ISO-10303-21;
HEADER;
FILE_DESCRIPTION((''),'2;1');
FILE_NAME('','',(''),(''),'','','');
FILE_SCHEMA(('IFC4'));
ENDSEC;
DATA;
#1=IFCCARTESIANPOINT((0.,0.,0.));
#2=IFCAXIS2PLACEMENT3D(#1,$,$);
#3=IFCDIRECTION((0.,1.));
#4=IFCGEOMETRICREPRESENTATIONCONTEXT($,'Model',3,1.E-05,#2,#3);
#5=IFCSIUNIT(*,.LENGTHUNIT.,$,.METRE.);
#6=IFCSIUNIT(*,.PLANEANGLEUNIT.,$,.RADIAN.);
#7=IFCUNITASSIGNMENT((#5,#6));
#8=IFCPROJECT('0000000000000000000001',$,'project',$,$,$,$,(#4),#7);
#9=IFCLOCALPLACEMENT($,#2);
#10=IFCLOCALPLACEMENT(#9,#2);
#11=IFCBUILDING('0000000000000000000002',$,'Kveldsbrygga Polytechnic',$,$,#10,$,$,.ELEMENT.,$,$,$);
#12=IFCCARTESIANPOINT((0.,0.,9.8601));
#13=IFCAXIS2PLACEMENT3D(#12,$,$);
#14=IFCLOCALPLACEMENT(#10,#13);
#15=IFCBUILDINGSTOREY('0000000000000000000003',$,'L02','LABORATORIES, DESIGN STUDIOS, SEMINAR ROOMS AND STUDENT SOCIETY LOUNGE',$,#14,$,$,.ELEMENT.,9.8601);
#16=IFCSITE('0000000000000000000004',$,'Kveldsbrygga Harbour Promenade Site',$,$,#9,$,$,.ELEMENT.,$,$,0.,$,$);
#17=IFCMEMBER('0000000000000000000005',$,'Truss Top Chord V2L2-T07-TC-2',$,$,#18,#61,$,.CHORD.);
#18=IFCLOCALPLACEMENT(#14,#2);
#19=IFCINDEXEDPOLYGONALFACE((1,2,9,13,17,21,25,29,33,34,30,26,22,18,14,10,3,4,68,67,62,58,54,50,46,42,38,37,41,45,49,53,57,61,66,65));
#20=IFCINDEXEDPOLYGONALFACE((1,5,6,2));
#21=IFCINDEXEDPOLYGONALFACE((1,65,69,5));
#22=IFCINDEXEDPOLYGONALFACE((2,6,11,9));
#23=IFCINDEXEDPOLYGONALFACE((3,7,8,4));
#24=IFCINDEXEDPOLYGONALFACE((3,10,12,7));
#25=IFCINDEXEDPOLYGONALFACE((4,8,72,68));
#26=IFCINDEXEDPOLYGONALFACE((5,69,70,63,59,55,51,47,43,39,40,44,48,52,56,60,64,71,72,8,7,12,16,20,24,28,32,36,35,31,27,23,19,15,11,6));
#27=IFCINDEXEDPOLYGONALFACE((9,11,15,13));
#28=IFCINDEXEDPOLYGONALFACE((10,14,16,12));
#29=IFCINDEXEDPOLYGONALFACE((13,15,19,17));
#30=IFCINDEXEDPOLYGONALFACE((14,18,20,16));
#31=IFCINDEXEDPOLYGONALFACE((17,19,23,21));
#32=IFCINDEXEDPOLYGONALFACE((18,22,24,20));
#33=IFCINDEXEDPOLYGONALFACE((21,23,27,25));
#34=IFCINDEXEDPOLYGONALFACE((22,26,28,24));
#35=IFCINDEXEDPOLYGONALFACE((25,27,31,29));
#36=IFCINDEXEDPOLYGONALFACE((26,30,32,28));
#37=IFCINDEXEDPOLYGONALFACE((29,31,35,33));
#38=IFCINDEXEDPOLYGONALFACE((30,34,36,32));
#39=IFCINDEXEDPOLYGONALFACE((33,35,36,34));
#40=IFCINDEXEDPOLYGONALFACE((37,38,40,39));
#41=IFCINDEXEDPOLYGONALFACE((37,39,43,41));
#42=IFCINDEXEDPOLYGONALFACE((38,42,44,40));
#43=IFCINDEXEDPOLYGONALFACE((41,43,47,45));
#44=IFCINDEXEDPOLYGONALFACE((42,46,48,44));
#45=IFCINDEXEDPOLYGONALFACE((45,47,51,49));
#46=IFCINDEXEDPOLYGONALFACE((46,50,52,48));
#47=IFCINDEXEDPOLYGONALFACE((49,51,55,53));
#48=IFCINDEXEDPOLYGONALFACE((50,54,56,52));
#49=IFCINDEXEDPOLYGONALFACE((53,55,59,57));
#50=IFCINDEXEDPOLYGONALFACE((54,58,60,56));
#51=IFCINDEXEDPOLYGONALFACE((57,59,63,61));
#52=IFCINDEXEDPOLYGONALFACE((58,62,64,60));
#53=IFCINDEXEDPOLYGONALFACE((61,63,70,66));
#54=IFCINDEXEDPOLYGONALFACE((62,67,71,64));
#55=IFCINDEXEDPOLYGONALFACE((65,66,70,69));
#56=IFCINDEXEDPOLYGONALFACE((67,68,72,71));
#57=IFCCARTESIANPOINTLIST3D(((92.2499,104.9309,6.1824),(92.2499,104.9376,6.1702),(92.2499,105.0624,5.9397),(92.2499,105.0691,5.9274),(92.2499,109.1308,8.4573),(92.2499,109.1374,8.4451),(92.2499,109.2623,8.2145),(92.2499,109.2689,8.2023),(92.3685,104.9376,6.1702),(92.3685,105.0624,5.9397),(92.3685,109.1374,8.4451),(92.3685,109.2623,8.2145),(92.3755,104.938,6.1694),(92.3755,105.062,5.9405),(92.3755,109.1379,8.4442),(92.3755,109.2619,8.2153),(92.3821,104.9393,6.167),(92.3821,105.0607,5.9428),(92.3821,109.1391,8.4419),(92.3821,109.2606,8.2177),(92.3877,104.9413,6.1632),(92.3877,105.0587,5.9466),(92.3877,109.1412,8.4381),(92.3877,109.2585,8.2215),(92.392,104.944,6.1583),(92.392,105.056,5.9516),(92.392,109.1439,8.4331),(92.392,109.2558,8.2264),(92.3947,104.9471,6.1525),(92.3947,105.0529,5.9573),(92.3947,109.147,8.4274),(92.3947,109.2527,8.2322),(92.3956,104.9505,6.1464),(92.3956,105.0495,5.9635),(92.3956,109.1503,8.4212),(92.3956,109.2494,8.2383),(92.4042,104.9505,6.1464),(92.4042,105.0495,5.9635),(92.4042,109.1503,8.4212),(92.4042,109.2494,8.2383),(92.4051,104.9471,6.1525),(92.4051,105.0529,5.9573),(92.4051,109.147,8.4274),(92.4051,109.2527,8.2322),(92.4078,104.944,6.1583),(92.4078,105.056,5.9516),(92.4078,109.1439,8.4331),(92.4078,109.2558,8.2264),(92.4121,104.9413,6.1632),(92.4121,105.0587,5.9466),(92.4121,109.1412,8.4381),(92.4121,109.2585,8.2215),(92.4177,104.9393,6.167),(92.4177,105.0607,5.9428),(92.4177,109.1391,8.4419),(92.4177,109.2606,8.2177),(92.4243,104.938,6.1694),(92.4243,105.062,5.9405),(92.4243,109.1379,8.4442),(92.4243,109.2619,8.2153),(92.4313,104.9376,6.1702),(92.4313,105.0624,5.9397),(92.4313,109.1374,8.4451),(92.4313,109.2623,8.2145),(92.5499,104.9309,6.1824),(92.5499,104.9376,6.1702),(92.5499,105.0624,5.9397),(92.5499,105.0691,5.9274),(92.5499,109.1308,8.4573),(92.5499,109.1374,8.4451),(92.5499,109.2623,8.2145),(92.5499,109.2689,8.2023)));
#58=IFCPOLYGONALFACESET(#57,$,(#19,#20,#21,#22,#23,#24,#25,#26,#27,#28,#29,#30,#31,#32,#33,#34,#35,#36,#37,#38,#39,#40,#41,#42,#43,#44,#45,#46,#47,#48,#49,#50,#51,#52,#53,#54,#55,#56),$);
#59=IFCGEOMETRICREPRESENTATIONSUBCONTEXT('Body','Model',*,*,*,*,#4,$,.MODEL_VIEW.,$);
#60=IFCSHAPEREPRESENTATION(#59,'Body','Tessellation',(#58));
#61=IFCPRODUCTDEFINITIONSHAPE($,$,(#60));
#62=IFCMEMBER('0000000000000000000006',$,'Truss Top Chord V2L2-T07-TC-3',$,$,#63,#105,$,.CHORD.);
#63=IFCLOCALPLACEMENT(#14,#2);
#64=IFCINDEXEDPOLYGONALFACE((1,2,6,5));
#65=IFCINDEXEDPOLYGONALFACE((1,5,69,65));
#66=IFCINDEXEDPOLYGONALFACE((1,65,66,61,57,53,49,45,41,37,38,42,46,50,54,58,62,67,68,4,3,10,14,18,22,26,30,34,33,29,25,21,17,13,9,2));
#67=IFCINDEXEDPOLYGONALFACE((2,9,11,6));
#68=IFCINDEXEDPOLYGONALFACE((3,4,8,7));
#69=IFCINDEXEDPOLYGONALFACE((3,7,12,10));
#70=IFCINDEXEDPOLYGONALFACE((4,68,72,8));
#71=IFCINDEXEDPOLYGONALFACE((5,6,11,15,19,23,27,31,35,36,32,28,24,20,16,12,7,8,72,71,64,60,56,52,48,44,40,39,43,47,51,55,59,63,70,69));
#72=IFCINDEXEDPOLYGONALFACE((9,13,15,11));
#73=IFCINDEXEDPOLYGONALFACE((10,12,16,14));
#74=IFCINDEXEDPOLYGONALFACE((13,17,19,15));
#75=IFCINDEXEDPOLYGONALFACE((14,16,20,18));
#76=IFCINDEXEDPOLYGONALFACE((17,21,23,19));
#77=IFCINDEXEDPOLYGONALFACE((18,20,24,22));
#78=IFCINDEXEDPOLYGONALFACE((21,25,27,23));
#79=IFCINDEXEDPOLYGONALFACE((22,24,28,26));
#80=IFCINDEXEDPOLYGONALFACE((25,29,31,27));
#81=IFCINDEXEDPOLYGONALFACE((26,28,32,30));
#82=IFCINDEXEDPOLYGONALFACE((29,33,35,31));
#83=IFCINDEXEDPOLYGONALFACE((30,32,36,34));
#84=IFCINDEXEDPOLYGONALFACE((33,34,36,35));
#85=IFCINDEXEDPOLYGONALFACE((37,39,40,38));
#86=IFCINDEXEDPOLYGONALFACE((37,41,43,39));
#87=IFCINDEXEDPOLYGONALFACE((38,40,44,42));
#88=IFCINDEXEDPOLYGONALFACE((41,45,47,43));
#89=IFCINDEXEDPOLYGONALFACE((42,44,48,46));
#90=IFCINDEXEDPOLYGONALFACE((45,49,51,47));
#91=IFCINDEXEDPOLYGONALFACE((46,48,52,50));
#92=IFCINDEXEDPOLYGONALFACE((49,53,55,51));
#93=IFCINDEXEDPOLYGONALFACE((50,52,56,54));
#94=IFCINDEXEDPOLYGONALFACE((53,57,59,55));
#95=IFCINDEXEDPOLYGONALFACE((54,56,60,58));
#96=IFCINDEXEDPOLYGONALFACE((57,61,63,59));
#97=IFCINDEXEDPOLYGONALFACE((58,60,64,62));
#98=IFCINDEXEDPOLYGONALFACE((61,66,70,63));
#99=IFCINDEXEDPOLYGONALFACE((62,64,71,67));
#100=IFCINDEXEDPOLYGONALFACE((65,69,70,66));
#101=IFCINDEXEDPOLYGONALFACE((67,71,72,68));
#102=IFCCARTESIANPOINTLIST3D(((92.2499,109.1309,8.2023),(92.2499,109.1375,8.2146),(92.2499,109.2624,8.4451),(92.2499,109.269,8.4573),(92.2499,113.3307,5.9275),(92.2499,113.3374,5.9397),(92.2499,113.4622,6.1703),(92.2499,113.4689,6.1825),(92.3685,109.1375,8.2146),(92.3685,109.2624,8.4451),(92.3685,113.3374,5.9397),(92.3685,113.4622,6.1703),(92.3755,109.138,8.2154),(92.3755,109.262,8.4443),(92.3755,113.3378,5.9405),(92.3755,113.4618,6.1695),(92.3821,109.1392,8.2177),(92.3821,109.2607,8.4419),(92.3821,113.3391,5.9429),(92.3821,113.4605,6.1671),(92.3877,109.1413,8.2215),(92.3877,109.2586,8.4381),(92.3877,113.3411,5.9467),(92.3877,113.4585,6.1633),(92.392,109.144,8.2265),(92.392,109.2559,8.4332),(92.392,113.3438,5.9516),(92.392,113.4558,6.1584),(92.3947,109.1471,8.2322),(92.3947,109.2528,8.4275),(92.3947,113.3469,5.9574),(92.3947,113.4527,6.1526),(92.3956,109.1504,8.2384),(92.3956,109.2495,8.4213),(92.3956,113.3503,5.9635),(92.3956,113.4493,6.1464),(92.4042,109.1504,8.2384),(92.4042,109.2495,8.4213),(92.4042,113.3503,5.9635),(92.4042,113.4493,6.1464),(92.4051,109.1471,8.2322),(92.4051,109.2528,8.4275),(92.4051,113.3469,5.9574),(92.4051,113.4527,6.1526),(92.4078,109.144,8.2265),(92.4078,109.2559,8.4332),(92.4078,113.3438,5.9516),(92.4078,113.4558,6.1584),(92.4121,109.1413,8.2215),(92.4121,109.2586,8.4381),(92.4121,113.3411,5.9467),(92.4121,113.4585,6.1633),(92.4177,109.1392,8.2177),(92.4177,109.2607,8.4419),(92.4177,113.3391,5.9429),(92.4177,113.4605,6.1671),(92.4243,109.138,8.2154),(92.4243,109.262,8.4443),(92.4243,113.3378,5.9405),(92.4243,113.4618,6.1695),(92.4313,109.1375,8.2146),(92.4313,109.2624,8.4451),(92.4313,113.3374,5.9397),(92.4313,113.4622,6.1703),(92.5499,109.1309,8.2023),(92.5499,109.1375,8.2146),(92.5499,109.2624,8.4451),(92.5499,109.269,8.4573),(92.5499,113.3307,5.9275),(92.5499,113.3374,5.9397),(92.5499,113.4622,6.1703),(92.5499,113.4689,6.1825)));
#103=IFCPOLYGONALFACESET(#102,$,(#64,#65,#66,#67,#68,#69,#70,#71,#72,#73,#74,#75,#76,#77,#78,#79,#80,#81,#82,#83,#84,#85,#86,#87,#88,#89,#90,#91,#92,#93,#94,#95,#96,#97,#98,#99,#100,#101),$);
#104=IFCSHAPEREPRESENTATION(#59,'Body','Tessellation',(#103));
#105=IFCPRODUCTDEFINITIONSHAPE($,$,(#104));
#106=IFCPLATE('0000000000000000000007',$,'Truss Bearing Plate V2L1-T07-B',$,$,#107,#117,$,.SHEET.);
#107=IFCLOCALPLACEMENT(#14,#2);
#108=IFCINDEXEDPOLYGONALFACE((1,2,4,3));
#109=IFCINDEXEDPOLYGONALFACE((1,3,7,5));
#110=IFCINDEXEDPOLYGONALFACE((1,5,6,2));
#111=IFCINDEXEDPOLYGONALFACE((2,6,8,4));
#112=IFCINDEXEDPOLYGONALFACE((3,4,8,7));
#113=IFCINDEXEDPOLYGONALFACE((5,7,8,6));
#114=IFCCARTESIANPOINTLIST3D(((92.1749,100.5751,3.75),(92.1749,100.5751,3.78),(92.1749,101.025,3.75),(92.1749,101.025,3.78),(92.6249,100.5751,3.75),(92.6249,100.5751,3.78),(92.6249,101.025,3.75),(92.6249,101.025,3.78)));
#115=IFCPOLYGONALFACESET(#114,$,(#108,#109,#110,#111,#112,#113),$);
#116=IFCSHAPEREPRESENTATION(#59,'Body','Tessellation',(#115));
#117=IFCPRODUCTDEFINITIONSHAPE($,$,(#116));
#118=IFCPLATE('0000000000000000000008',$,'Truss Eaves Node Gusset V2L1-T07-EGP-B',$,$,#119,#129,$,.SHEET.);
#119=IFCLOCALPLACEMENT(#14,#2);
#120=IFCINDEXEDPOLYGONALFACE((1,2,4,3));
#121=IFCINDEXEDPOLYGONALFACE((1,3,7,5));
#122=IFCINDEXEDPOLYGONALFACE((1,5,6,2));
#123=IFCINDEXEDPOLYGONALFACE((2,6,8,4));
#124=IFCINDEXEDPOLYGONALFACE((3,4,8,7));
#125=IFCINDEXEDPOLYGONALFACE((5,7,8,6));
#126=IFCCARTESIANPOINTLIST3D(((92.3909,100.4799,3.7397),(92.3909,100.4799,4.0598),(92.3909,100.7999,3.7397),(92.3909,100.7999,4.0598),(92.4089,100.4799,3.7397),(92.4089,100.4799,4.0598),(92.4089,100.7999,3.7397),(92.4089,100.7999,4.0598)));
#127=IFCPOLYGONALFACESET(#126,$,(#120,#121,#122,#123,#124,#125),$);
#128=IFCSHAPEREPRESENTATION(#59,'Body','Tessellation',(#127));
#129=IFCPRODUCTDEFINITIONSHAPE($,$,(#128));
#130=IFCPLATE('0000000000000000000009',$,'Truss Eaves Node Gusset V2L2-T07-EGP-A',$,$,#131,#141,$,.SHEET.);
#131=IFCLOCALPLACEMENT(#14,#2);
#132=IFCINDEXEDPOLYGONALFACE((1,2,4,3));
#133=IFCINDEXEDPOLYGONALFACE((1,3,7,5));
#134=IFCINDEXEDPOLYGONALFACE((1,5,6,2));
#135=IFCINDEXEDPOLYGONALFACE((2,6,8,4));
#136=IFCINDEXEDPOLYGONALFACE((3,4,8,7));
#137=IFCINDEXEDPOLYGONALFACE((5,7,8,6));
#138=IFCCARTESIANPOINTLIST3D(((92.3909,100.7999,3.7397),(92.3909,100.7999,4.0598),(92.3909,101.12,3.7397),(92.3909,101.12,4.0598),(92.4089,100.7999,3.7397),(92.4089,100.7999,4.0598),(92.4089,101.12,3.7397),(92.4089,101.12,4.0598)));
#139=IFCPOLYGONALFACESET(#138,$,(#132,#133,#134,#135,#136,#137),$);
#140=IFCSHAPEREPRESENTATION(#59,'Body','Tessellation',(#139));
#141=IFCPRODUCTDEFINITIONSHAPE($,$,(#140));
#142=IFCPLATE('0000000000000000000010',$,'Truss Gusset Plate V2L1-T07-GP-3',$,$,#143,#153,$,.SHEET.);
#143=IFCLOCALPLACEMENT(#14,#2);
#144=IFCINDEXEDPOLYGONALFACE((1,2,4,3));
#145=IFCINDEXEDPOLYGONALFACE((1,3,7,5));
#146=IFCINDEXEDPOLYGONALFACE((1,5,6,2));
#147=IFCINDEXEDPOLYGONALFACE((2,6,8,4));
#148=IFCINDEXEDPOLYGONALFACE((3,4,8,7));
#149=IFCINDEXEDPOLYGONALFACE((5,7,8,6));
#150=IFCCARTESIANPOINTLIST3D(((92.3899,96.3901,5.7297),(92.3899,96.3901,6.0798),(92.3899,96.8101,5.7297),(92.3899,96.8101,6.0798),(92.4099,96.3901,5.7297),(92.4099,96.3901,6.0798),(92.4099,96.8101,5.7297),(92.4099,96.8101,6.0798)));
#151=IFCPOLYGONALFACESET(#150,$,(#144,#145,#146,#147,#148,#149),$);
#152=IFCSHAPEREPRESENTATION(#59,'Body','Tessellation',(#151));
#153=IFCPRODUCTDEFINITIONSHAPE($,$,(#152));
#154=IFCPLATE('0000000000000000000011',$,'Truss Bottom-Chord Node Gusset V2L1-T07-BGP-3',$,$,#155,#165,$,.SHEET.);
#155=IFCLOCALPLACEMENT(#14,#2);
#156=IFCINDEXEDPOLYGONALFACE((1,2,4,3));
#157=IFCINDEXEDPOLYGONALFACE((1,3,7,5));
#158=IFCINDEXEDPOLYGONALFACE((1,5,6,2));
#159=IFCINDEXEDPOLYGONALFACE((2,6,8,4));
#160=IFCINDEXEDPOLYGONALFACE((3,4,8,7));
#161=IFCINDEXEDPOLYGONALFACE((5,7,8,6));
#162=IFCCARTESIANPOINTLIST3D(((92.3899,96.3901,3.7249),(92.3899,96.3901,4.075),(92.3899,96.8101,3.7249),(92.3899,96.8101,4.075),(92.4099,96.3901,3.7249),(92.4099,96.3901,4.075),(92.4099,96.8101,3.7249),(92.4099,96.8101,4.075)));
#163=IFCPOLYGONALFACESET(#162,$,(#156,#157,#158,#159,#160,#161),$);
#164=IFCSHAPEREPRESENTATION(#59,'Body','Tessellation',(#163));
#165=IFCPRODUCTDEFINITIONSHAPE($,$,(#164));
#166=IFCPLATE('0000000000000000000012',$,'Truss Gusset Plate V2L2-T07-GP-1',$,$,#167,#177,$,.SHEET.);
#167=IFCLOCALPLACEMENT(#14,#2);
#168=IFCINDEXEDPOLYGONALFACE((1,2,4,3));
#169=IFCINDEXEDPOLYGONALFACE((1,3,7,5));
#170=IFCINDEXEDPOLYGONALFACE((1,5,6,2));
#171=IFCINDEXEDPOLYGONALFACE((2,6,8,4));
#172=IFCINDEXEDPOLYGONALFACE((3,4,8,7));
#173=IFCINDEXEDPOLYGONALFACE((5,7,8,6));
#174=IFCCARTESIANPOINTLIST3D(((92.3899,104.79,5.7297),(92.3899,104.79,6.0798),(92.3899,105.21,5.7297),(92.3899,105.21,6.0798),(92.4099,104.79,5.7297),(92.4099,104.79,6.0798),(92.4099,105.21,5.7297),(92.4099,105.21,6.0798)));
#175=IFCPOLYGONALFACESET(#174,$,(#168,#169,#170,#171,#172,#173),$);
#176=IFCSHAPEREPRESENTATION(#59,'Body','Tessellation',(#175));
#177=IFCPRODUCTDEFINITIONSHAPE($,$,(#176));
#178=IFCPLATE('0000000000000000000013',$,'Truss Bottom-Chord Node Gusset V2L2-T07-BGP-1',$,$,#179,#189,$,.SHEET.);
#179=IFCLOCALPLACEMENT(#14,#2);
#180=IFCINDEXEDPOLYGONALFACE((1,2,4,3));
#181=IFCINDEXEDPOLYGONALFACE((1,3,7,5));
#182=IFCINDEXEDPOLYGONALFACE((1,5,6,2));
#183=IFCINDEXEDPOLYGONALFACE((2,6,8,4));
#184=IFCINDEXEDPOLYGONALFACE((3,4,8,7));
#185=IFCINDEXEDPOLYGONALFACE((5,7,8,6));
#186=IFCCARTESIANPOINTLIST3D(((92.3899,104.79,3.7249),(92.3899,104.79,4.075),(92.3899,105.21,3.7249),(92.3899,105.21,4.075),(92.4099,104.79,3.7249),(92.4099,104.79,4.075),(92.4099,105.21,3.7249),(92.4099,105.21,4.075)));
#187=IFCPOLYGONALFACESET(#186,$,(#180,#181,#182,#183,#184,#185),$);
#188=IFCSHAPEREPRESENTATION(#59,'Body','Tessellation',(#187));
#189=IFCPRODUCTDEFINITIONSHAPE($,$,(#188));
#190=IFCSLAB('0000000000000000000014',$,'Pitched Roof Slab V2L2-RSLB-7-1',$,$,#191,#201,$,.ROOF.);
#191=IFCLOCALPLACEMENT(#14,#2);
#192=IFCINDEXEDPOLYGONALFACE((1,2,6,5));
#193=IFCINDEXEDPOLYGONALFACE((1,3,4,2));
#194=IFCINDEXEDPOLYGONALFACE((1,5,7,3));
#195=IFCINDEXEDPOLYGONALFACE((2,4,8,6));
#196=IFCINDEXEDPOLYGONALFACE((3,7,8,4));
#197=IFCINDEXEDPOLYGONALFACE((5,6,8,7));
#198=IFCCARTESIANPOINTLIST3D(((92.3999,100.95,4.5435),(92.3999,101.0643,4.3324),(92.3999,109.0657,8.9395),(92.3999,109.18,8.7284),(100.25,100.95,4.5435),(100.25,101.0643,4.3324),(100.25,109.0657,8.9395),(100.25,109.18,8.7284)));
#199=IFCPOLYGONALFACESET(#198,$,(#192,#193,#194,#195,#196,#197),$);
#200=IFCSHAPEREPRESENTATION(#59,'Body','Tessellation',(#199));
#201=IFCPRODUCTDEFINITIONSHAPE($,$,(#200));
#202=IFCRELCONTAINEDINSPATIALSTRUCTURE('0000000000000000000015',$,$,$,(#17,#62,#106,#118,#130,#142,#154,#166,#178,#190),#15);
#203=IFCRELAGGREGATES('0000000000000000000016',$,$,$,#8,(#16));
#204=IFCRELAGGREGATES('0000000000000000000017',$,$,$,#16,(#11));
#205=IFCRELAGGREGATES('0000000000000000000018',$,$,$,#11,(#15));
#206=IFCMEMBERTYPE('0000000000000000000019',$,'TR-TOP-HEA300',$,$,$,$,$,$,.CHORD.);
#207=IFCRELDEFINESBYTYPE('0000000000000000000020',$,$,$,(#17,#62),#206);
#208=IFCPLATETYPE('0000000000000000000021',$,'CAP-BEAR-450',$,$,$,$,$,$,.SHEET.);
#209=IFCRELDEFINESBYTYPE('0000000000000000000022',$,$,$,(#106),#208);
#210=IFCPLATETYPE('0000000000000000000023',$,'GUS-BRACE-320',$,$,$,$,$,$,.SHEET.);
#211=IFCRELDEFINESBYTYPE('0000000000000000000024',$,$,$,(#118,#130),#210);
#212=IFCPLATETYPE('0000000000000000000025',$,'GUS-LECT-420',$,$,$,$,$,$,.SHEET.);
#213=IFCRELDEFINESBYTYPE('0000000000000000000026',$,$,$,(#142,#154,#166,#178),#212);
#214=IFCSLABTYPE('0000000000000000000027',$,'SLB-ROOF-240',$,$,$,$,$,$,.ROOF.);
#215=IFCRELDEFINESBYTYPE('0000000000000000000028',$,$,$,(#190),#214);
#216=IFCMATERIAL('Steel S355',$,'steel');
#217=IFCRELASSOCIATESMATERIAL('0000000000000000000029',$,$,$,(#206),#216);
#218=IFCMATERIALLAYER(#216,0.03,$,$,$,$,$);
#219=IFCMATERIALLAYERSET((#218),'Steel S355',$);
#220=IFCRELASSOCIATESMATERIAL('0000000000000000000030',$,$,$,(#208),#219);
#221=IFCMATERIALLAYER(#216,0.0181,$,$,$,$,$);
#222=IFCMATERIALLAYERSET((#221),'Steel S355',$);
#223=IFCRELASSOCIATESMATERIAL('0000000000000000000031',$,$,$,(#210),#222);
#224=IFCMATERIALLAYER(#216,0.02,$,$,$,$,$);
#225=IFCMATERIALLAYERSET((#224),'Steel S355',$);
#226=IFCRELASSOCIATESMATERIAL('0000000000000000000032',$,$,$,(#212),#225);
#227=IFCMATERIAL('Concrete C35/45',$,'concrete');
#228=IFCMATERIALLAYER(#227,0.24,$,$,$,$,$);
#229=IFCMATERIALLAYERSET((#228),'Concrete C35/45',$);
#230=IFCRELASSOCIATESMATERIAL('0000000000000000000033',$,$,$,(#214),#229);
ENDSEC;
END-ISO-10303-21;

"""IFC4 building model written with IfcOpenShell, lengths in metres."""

from ifc_helpers import new_model, si_unit, direction, frame, origin, origin_2d, place, context, subcontext, project, spatial, polyline, rectangle, i_section, outline, extrude, material, layer, layer_set, material_profile, profile_set, type_object, element, save


model = new_model("IFC4")

# Units and contexts
model_context = context("Model", 3, precision=1e-05, world=origin(), true_north=direction((0.0, 1.0)))
body_context = subcontext(model_context, "Body", "Model", "MODEL_VIEW")
ifc_project = project(units=[si_unit("LENGTHUNIT", "METRE"), si_unit("PLANEANGLEUNIT", "RADIAN")], contexts=[model_context])

# Site, building, storey
site_placement = place(None, origin())
site = spatial("IfcSite", under=ifc_project, at=site_placement, Name="Kveldsbrygga Harbour Promenade Site", CompositionType="ELEMENT", RefElevation=0.0)
building_placement = place(site_placement, origin())
building = spatial("IfcBuilding", under=site, at=building_placement, Name="Kveldsbrygga Polytechnic", CompositionType="ELEMENT")
storey_placement = place(building_placement, frame((0.0, 0.0, 9.8601)))
storey = spatial("IfcBuildingStorey", under=building, at=storey_placement, Name="L02", Description="LABORATORIES, DESIGN STUDIOS, SEMINAR ROOMS AND STUDENT SOCIETY LOUNGE", CompositionType="ELEMENT", Elevation=9.8601)

# Members
ifc_material_1 = material(Name="Steel S355", Category="steel")
ifc_material_profile_1 = material_profile(ifc_material_1, i_section(OverallWidth=0.3, OverallDepth=0.29, WebThickness=0.0085, FlangeThickness=0.0139, FilletRadius=0.0271, at=origin_2d()), Name="HEA 300")
ifc_profile_set_1 = profile_set([ifc_material_profile_1], Name="Steel S355")
member_type_1 = type_object("IfcMemberType", Name="TR-TOP-HEA300", PredefinedType="CHORD", material=ifc_profile_set_1)
for number, where, z_axis, x_axis, name in (
    (1, (92.3999, 105.0, 6.0549), (0.0, 0.879298, 0.476272), (-1.0, 0.0, 0.0), "Truss Top Chord V2L2-T07-TC-2"),
    (2, (92.3999, 109.2, 8.3298), (0.0, 0.879298, -0.476272), (-1.0, 0.0, 0.0), "Truss Top Chord V2L2-T07-TC-3"),
):
    element("IfcMember", number, at=place(storey_placement, frame(where, z_axis=z_axis, x_axis=x_axis)), inside=storey, type_object=member_type_1, Name=name, PredefinedType="CHORD", context=body_context, shape_type="SweptSolid", body=[
        extrude(i_section(OverallWidth=0.3, OverallDepth=0.29, WebThickness=0.0085, FlangeThickness=0.0139, FilletRadius=0.0271, at=origin_2d()), origin(), (0.0, 0.0, 1.0), 4.7764),
    ])

# Plates
ifc_layer_1 = layer(ifc_material_1, 0.03)
ifc_layer_set_1 = layer_set([ifc_layer_1], Name="Steel S355")
plate_type_1 = type_object("IfcPlateType", Name="CAP-BEAR-450", PredefinedType="SHEET", material=ifc_layer_set_1)
plate_placement = place(storey_placement, frame((92.3999, 100.8, 3.75), z_axis=(0.0, 0.0, 1.0), x_axis=(1.0, 0.0, 0.0)))
element("IfcPlate", 3, at=plate_placement, inside=storey, type_object=plate_type_1, Name="Truss Bearing Plate V2L1-T07-B", PredefinedType="SHEET", context=body_context, shape_type="SweptSolid", body=[
    extrude(rectangle(XDim=0.45, YDim=0.45, at=origin_2d()), origin(), (0.0, 0.0, 1.0), 0.03),
])
ifc_layer_2 = layer(ifc_material_1, 0.0181)
ifc_layer_set_2 = layer_set([ifc_layer_2], Name="Steel S355")
plate_type_2 = type_object("IfcPlateType", Name="GUS-BRACE-320", PredefinedType="SHEET", material=ifc_layer_set_2)
for number, where, z_axis, x_axis, name in (
    (4, (92.3999, 100.6399, 3.7397), (0.0, 0.0, 1.0), (1.0, 0.0, 0.0), "Truss Eaves Node Gusset V2L1-T07-EGP-B"),
    (5, (92.3999, 100.96, 3.7397), (0.0, 0.0, 1.0), (1.0, 0.0, 0.0), "Truss Eaves Node Gusset V2L2-T07-EGP-A"),
):
    element("IfcPlate", number, at=place(storey_placement, frame(where, z_axis=z_axis, x_axis=x_axis)), inside=storey, type_object=plate_type_2, Name=name, PredefinedType="SHEET", context=body_context, shape_type="SweptSolid", body=[
        extrude(rectangle(XDim=0.0181, YDim=0.3201, at=origin_2d()), origin(), (0.0, 0.0, 1.0), 0.3201),
    ])
ifc_layer_3 = layer(ifc_material_1, 0.02)
ifc_layer_set_3 = layer_set([ifc_layer_3], Name="Steel S355")
plate_type_3 = type_object("IfcPlateType", Name="GUS-LECT-420", PredefinedType="SHEET", material=ifc_layer_set_3)
for number, where, z_axis, x_axis, name in (
    (6, (92.3999, 96.6001, 5.7297), (0.0, 0.0, 1.0), (1.0, 0.0, 0.0), "Truss Gusset Plate V2L1-T07-GP-3"),
    (7, (92.3999, 96.6001, 3.7249), (0.0, 0.0, 1.0), (1.0, 0.0, 0.0), "Truss Bottom-Chord Node Gusset V2L1-T07-BGP-3"),
    (8, (92.3999, 105.0, 5.7297), (0.0, 0.0, 1.0), (1.0, 0.0, 0.0), "Truss Gusset Plate V2L2-T07-GP-1"),
    (9, (92.3999, 105.0, 3.7249), (0.0, 0.0, 1.0), (1.0, 0.0, 0.0), "Truss Bottom-Chord Node Gusset V2L2-T07-BGP-1"),
):
    element("IfcPlate", number, at=place(storey_placement, frame(where, z_axis=z_axis, x_axis=x_axis)), inside=storey, type_object=plate_type_3, Name=name, PredefinedType="SHEET", context=body_context, shape_type="SweptSolid", body=[
        extrude(rectangle(XDim=0.02, YDim=0.4199, at=origin_2d()), origin(), (0.0, 0.0, 1.0), 0.3501),
    ])

# Slab
ifc_material_2 = material(Name="Concrete C35/45", Category="concrete")
ifc_layer_4 = layer(ifc_material_2, 0.24)
ifc_layer_set_4 = layer_set([ifc_layer_4], Name="Concrete C35/45")
slab_type = type_object("IfcSlabType", Name="SLB-ROOF-240", PredefinedType="ROOF", material=ifc_layer_set_4)
slab_placement = place(storey_placement, frame((92.3999, 100.95, 4.5435), z_axis=(0.0, -0.476281, 0.879293), x_axis=(1.0, 0.0, 0.0)))
element("IfcSlab", 10, at=slab_placement, inside=storey, type_object=slab_type, Name="Pitched Roof Slab V2L2-RSLB-7-1", PredefinedType="ROOF", context=body_context, shape_type="SweptSolid", body=[
    extrude(outline(polyline([(0.0, 0.0), (7.8501, 0.0), (7.8501, 9.2298), (0.0, 9.2298), (0.0, 0.0)])), origin(), (0.0, 0.0, -1.0), 0.24),
])

save(model, "model.ifc")
